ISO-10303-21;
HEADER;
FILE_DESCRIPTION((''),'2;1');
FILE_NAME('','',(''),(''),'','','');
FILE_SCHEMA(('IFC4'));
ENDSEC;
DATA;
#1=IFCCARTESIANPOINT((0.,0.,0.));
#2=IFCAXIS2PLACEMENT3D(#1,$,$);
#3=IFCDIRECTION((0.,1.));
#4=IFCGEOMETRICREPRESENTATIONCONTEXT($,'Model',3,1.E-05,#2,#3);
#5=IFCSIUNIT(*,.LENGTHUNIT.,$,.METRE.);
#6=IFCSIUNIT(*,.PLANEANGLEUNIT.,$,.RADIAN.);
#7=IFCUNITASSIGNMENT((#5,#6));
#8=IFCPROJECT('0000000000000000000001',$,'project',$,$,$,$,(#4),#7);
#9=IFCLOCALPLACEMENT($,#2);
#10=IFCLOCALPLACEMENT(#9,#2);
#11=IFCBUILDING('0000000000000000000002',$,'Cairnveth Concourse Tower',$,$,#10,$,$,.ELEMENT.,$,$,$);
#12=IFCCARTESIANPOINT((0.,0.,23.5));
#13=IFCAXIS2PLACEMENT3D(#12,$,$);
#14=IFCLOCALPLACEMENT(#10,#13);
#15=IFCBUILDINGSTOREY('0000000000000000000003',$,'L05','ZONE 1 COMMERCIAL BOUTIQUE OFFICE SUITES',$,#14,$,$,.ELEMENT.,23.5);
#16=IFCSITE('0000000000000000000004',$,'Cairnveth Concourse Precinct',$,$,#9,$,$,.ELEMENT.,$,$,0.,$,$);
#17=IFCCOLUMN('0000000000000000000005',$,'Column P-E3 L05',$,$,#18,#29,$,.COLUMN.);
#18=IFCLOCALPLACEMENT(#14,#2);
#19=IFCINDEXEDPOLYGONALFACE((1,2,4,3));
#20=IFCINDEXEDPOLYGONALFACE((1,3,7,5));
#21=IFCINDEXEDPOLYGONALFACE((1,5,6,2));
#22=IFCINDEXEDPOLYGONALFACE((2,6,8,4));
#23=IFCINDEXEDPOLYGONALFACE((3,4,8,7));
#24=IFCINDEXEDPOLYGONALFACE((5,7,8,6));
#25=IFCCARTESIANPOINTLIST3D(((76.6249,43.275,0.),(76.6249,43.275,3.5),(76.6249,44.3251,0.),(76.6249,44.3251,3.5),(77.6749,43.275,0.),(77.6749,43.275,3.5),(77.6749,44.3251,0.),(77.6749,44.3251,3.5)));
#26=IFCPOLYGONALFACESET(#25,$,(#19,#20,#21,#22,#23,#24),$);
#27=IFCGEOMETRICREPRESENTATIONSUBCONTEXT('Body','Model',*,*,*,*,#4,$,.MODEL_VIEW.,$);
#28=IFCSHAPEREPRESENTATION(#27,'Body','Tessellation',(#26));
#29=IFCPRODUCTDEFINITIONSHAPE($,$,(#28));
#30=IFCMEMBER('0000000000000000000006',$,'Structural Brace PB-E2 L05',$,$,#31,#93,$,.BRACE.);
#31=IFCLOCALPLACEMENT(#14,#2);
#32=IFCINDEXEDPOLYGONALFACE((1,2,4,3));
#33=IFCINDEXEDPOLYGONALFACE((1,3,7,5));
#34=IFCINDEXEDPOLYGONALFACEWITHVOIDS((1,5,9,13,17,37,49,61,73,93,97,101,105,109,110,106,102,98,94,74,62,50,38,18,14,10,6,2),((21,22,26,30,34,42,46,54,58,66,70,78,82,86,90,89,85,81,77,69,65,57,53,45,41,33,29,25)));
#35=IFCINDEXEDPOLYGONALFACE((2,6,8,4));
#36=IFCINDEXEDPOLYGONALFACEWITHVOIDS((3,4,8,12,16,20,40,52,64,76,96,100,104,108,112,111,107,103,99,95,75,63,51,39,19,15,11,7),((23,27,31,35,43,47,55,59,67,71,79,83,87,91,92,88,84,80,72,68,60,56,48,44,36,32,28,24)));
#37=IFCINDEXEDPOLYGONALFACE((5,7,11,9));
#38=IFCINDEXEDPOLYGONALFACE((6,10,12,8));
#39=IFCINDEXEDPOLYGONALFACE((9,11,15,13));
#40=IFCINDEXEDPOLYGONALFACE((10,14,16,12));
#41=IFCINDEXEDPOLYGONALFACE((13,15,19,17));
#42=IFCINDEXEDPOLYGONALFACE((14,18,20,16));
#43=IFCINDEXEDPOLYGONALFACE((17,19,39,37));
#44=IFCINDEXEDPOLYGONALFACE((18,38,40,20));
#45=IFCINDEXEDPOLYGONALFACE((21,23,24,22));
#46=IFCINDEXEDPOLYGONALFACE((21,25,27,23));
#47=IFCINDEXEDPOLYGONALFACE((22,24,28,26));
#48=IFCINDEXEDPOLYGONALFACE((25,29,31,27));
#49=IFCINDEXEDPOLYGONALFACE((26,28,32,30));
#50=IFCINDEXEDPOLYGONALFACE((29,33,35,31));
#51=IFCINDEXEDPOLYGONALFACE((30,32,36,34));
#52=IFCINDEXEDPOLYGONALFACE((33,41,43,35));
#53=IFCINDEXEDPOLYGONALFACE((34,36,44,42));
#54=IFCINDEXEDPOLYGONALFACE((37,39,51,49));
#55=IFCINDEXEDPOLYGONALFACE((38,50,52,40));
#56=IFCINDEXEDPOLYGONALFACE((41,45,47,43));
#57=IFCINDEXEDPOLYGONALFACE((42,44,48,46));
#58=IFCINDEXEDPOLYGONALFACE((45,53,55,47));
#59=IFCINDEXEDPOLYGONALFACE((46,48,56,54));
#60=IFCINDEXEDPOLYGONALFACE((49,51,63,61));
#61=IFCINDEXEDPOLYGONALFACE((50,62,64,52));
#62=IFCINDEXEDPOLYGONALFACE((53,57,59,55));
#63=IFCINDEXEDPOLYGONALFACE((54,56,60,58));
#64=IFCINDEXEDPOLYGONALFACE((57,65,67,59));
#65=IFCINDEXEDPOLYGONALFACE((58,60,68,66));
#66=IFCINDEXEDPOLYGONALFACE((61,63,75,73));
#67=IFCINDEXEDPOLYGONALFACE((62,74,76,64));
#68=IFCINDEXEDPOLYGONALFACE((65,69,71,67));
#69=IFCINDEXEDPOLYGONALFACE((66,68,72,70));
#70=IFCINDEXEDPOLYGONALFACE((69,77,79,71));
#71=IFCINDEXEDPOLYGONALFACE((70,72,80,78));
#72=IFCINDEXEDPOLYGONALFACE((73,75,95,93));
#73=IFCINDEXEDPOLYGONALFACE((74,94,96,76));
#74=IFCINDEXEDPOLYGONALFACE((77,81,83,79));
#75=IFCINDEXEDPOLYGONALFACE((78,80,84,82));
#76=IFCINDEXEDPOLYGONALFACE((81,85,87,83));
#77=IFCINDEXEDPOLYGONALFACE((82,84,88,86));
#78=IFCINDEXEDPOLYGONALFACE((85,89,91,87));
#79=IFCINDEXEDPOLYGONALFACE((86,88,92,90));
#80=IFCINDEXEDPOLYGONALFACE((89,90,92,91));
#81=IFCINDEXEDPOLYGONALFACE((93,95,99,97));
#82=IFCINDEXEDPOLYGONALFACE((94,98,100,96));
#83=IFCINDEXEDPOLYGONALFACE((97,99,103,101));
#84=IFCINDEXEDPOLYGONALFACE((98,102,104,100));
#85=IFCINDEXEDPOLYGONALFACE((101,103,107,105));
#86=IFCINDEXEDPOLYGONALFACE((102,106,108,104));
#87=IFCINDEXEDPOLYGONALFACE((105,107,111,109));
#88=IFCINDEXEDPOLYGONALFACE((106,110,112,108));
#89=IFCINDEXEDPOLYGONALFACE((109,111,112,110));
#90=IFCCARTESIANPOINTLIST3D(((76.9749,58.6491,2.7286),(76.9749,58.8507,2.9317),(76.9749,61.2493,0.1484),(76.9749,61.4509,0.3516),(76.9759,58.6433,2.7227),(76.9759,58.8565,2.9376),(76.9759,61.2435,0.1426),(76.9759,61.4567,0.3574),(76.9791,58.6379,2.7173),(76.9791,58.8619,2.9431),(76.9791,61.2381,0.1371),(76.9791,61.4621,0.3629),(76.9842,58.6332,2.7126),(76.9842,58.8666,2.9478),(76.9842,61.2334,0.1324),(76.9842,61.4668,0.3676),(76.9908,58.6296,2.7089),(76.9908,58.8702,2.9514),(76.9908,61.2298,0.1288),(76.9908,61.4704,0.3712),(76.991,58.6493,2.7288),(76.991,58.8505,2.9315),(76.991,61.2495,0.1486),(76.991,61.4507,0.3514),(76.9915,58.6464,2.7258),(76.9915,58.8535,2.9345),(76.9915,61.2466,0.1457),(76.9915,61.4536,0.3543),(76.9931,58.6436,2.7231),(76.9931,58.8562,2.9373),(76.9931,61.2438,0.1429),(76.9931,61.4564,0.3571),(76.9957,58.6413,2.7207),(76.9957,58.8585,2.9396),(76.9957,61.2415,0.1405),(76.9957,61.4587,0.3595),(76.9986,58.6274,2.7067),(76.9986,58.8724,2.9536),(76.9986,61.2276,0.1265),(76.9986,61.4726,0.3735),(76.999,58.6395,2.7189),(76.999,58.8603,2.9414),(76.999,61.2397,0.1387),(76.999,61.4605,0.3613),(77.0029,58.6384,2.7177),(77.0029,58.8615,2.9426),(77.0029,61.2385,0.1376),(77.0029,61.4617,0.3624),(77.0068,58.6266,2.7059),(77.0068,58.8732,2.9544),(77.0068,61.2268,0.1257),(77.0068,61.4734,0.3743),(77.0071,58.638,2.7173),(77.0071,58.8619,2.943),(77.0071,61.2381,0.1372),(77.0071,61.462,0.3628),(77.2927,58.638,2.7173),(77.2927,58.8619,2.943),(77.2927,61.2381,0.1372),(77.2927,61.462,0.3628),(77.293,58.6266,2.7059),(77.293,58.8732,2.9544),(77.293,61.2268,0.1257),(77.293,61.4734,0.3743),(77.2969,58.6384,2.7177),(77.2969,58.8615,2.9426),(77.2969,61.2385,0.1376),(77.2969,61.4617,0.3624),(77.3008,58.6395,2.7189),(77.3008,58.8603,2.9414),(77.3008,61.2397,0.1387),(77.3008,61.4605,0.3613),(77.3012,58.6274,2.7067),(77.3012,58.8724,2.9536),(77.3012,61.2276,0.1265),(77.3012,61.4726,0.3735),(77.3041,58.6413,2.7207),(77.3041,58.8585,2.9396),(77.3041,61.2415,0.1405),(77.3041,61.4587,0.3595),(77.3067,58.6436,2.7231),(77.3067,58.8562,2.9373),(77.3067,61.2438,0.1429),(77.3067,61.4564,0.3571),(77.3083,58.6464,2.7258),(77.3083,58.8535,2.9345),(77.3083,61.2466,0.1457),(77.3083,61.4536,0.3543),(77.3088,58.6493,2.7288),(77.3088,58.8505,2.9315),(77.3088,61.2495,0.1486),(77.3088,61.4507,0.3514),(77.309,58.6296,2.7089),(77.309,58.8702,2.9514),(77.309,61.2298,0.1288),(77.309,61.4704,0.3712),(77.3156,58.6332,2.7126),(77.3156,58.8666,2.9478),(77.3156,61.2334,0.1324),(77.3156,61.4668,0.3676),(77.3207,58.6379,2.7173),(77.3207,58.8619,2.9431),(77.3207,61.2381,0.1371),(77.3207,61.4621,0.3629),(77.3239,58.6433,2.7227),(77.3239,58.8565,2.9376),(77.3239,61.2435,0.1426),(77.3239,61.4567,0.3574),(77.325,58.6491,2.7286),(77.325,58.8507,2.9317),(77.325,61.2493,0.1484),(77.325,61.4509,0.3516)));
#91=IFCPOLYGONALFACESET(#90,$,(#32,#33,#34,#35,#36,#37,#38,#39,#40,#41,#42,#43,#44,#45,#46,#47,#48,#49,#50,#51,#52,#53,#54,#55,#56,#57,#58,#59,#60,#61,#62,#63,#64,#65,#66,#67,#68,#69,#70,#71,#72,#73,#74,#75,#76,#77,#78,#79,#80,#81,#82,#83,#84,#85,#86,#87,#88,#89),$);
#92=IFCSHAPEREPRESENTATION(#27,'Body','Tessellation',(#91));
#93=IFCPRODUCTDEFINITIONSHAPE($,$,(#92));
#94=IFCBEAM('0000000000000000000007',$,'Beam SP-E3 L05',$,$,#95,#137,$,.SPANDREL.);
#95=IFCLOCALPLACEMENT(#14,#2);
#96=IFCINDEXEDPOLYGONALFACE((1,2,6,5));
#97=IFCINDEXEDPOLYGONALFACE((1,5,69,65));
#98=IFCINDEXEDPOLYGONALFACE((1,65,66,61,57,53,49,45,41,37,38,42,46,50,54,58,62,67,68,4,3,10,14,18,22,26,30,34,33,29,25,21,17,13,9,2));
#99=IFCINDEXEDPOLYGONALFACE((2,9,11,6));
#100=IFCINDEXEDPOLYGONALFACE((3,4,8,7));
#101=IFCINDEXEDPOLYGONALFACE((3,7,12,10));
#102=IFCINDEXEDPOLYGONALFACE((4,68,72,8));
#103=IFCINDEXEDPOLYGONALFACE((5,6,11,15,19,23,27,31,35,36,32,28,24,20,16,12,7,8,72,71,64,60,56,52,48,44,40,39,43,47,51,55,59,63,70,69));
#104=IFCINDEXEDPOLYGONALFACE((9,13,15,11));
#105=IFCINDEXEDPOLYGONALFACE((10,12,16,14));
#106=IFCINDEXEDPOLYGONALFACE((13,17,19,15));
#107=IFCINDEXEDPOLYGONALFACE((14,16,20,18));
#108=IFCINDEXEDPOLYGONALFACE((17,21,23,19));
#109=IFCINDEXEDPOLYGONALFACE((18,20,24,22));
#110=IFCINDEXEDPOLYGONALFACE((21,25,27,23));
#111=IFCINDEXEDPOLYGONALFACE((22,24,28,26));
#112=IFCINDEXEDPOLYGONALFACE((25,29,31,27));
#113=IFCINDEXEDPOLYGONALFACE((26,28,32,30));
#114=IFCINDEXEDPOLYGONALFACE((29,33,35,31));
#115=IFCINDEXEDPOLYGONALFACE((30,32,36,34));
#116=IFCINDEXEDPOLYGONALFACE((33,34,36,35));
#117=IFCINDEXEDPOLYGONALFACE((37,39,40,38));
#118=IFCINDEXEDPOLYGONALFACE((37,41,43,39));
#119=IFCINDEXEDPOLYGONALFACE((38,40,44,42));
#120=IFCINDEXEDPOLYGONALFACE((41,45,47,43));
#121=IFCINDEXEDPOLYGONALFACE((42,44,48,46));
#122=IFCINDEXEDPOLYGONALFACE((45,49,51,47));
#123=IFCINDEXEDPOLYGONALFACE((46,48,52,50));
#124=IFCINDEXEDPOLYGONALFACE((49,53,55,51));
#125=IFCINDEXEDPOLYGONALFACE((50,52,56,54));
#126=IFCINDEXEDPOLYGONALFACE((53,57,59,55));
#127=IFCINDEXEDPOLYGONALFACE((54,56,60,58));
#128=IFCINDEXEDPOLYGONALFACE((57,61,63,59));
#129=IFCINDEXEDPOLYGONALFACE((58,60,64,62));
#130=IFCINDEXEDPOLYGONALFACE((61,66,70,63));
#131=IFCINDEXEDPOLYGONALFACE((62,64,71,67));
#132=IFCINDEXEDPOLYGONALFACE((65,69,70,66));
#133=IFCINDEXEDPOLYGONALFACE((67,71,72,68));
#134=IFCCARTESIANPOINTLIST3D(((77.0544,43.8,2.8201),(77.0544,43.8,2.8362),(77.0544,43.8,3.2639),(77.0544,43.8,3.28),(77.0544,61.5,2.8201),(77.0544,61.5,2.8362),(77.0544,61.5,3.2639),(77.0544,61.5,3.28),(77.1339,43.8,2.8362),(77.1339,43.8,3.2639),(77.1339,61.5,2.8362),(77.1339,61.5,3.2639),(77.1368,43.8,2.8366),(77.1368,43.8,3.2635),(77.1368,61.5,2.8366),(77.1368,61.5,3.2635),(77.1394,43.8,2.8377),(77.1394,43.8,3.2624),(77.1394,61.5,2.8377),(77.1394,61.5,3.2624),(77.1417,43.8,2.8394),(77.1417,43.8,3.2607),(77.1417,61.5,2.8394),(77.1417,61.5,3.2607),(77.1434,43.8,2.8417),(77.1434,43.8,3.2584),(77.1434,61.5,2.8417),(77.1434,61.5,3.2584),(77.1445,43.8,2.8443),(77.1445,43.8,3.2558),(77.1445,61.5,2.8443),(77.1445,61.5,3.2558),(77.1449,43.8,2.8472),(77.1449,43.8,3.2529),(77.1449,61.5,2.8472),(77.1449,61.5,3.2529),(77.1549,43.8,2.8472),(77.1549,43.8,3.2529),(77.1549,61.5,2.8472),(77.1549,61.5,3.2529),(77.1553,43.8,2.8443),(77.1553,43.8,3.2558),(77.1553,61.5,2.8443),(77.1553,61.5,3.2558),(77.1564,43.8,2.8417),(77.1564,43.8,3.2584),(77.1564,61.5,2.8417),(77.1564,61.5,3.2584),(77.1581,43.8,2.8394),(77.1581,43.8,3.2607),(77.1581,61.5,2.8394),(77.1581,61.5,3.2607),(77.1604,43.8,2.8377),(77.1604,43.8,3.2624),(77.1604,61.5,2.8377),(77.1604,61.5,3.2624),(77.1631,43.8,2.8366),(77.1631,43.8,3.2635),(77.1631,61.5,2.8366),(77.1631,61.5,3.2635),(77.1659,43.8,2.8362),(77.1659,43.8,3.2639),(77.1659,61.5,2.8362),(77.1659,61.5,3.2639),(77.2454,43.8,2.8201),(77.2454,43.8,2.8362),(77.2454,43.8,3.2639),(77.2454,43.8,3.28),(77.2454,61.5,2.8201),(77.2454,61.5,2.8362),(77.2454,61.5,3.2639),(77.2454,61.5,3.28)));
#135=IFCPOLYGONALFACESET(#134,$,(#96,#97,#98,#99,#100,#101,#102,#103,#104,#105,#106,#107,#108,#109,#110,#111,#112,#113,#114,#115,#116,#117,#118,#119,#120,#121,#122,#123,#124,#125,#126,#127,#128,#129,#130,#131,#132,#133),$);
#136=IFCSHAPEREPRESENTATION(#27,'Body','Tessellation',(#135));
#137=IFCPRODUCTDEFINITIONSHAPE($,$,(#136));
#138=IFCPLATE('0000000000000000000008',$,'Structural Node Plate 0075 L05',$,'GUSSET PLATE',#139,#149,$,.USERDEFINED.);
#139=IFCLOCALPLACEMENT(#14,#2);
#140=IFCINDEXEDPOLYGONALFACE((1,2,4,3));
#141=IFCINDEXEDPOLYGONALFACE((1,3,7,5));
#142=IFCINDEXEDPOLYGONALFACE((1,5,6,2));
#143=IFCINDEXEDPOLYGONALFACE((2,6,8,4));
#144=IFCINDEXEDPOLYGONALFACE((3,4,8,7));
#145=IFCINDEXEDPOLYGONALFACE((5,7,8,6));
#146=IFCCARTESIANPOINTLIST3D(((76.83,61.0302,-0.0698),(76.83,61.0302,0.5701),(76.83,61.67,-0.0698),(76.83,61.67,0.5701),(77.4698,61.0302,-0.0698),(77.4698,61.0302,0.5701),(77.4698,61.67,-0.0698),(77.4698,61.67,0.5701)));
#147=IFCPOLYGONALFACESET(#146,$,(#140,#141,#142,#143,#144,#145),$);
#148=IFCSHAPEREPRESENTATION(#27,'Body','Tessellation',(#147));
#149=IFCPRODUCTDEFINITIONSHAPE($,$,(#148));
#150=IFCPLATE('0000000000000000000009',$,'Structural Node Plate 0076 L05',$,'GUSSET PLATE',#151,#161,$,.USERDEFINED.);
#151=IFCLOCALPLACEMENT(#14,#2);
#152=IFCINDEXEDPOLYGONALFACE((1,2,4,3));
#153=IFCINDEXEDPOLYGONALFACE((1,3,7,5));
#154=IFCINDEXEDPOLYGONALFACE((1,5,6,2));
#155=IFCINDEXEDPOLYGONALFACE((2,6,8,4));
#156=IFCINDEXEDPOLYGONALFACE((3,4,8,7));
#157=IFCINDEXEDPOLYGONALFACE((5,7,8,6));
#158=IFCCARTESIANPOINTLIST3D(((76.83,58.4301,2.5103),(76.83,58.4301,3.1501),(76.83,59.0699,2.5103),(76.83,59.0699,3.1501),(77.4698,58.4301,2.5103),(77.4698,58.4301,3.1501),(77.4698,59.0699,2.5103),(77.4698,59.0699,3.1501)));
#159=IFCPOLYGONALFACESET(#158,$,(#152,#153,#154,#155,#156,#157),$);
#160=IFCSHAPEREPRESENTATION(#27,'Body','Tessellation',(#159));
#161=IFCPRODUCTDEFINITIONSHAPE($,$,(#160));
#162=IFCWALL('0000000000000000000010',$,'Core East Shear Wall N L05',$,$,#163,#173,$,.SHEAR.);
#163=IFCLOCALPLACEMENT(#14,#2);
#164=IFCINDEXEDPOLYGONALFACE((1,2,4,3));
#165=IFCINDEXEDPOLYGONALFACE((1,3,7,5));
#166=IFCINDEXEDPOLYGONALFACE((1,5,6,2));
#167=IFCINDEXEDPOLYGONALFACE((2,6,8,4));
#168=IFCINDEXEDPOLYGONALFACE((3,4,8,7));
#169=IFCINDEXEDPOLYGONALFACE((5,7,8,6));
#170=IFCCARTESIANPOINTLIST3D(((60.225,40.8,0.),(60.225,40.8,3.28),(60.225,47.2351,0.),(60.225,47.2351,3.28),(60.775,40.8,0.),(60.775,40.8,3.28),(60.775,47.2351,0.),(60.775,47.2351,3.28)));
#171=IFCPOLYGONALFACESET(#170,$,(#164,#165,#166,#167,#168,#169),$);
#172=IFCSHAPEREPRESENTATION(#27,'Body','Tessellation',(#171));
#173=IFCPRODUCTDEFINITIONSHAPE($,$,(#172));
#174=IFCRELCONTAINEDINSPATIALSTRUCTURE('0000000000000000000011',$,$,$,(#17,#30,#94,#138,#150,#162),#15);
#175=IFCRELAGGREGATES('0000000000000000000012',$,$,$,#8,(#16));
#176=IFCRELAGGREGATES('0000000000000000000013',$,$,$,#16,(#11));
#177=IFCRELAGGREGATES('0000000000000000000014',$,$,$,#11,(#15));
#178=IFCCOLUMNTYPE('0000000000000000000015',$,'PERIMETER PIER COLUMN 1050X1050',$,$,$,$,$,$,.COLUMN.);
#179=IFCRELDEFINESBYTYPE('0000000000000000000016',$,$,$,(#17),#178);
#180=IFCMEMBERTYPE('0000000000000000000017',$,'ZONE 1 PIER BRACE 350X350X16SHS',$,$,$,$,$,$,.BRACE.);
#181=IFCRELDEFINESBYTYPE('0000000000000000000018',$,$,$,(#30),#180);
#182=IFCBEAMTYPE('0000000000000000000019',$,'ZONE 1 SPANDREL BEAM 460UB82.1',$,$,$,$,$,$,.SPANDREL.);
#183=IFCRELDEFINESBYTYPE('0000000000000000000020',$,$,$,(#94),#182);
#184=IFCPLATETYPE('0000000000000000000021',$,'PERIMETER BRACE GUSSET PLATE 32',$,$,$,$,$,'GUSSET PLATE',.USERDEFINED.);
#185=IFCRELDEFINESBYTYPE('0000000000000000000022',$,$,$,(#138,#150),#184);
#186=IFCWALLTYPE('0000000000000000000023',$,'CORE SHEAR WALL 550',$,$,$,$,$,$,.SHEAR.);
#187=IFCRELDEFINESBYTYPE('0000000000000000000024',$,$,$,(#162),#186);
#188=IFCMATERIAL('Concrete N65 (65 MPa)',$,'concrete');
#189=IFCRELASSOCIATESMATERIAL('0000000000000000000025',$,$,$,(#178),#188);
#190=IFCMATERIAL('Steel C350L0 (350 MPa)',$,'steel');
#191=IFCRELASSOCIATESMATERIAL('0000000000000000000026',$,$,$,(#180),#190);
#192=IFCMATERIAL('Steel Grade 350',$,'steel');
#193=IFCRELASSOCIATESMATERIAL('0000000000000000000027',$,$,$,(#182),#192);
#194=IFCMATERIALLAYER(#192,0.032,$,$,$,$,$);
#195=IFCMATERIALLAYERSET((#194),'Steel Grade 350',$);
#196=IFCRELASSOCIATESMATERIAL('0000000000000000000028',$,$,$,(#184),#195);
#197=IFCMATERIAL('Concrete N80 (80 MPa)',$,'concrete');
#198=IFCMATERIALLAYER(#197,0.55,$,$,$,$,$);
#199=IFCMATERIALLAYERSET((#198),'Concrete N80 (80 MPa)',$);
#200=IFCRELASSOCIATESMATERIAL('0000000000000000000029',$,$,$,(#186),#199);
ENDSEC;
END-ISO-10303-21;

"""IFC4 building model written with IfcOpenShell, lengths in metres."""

from ifc_helpers import new_model, si_unit, direction, frame, frame_2d, origin, origin_2d, place, context, subcontext, project, spatial, rectangle, hollow_rectangle, i_section, extrude, material, layer, layer_set, material_profile, profile_set, type_object, element, save


model = new_model("IFC4")

# Units and contexts
model_context = context("Model", 3, precision=1e-05, world=origin(), true_north=direction((0.0, 1.0)))
body_context = subcontext(model_context, "Body", "Model", "MODEL_VIEW")
ifc_project = project(units=[si_unit("LENGTHUNIT", "METRE"), si_unit("PLANEANGLEUNIT", "RADIAN")], contexts=[model_context])

# Site, building, storey
site_placement = place(None, origin())
site = spatial("IfcSite", under=ifc_project, at=site_placement, Name="Cairnveth Concourse Precinct", CompositionType="ELEMENT", RefElevation=0.0)
building_placement = place(site_placement, origin())
building = spatial("IfcBuilding", under=site, at=building_placement, Name="Cairnveth Concourse Tower", CompositionType="ELEMENT")
storey_placement = place(building_placement, frame((0.0, 0.0, 23.5)))
storey = spatial("IfcBuildingStorey", under=building, at=storey_placement, Name="L05", Description="ZONE 1 COMMERCIAL BOUTIQUE OFFICE SUITES", CompositionType="ELEMENT", Elevation=23.5)

# Column
ifc_material_1 = material(Name="Concrete N65 (65 MPa)", Category="concrete")
ifc_material_profile_1 = material_profile(ifc_material_1, rectangle(XDim=1.05, YDim=1.05, at=origin_2d()), Name="RC-COL-1050x1050")
ifc_profile_set_1 = profile_set([ifc_material_profile_1], Name="Concrete N65 (65 MPa)")
column_type = type_object("IfcColumnType", Name="PERIMETER PIER COLUMN 1050X1050", PredefinedType="COLUMN", material=ifc_profile_set_1)
column_placement = place(storey_placement, frame((77.1499, 43.8, 0.0), z_axis=(0.0, 0.0, 1.0), x_axis=(0.0, 1.0, 0.0)))
element("IfcColumn", 1, at=column_placement, inside=storey, type_object=column_type, Name="Column P-E3 L05", PredefinedType="COLUMN", context=body_context, shape_type="SweptSolid", body=[
    extrude(rectangle(XDim=1.05, YDim=1.05, at=origin_2d()), origin(), (0.0, 0.0, 1.0), 3.5),
])

# Member
ifc_material_2 = material(Name="Steel C350L0 (350 MPa)", Category="steel")
ifc_material_profile_2 = material_profile(ifc_material_2, hollow_rectangle(XDim=0.3501, YDim=0.3501, WallThickness=0.0161, InnerFilletRadius=0.0161, OuterFilletRadius=0.032, at=origin_2d()), Name="350x350x16.0SHS")
ifc_profile_set_2 = profile_set([ifc_material_profile_2], Name="Steel C350L0 (350 MPa)")
member_type = type_object("IfcMemberType", Name="ZONE 1 PIER BRACE 350X350X16SHS", PredefinedType="BRACE", material=ifc_profile_set_2)
member_placement = place(storey_placement, frame((77.1499, 61.3501, 0.25), z_axis=(0.0, -0.709834, 0.704369), x_axis=(1.0, 0.0, 0.0)))
element("IfcMember", 2, at=member_placement, inside=storey, type_object=member_type, Name="Structural Brace PB-E2 L05", PredefinedType="BRACE", context=body_context, shape_type="SweptSolid", body=[
    extrude(hollow_rectangle(XDim=0.3501, YDim=0.3501, WallThickness=0.0161, InnerFilletRadius=0.0161, OuterFilletRadius=0.032, at=origin_2d()), origin(), (0.0, 0.0, 1.0), 3.6631),
])

# Beam
ifc_material_3 = material(Name="Steel Grade 350", Category="steel")
ifc_material_profile_3 = material_profile(ifc_material_3, i_section(OverallWidth=0.1909, OverallDepth=0.46, WebThickness=0.01, FlangeThickness=0.0161, FilletRadius=0.011, at=origin_2d()), Name="460UB82.1")
ifc_profile_set_3 = profile_set([ifc_material_profile_3], Name="Steel Grade 350")
beam_type = type_object("IfcBeamType", Name="ZONE 1 SPANDREL BEAM 460UB82.1", PredefinedType="SPANDREL", material=ifc_profile_set_3)
beam_placement = place(storey_placement, frame((77.1499, 43.8, 3.05), z_axis=(0.0, 1.0, 0.0), x_axis=(-1.0, 0.0, 0.0)))
element("IfcBeam", 3, at=beam_placement, inside=storey, type_object=beam_type, Name="Beam SP-E3 L05", PredefinedType="SPANDREL", context=body_context, shape_type="SweptSolid", body=[
    extrude(i_section(OverallWidth=0.1909, OverallDepth=0.46, WebThickness=0.01, FlangeThickness=0.0161, FilletRadius=0.011, at=origin_2d()), origin(), (0.0, 0.0, 1.0), 17.7),
])

# Plates
ifc_layer_1 = layer(ifc_material_3, 0.032)
ifc_layer_set_1 = layer_set([ifc_layer_1], Name="Steel Grade 350")
plate_type = type_object("IfcPlateType", Name="PERIMETER BRACE GUSSET PLATE 32", ElementType="GUSSET PLATE", PredefinedType="USERDEFINED", material=ifc_layer_set_1)
for number, where, z_axis, x_axis, name in (
    (4, (77.1499, 61.3501, -0.0698), (0.0, 0.0, 1.0), (1.0, 0.0, 0.0), "Structural Node Plate 0075 L05"),
    (5, (77.1499, 58.75, 2.5103), (0.0, 0.0, 1.0), (1.0, 0.0, 0.0), "Structural Node Plate 0076 L05"),
):
    element("IfcPlate", number, at=place(storey_placement, frame(where, z_axis=z_axis, x_axis=x_axis)), inside=storey, type_object=plate_type, Name=name, ObjectType="GUSSET PLATE", PredefinedType="USERDEFINED", context=body_context, shape_type="SweptSolid", body=[
        extrude(rectangle(XDim=0.6399, YDim=0.6399, at=origin_2d()), origin(), (0.0, 0.0, 1.0), 0.6399),
    ])

# Wall
ifc_material_4 = material(Name="Concrete N80 (80 MPa)", Category="concrete")
ifc_layer_2 = layer(ifc_material_4, 0.55)
ifc_layer_set_2 = layer_set([ifc_layer_2], Name="Concrete N80 (80 MPa)")
wall_type_1 = type_object("IfcWallType", Name="CORE SHEAR WALL 550", PredefinedType="SHEAR", material=ifc_layer_set_2)
wall_1_placement = place(storey_placement, frame((60.5, 40.8, 0.0), z_axis=(0.0, 0.0, 1.0), x_axis=(0.0, 1.0, 0.0)))
element("IfcWall", 6, at=wall_1_placement, inside=storey, type_object=wall_type_1, Name="Core East Shear Wall N L05", PredefinedType="SHEAR", context=body_context, shape_type="SweptSolid", body=[
    extrude(rectangle(XDim=6.4351, YDim=0.55, at=frame_2d((3.2175, 0.0))), origin(), (0.0, 0.0, 1.0), 3.28),
])

save(model, "model.ifc")
